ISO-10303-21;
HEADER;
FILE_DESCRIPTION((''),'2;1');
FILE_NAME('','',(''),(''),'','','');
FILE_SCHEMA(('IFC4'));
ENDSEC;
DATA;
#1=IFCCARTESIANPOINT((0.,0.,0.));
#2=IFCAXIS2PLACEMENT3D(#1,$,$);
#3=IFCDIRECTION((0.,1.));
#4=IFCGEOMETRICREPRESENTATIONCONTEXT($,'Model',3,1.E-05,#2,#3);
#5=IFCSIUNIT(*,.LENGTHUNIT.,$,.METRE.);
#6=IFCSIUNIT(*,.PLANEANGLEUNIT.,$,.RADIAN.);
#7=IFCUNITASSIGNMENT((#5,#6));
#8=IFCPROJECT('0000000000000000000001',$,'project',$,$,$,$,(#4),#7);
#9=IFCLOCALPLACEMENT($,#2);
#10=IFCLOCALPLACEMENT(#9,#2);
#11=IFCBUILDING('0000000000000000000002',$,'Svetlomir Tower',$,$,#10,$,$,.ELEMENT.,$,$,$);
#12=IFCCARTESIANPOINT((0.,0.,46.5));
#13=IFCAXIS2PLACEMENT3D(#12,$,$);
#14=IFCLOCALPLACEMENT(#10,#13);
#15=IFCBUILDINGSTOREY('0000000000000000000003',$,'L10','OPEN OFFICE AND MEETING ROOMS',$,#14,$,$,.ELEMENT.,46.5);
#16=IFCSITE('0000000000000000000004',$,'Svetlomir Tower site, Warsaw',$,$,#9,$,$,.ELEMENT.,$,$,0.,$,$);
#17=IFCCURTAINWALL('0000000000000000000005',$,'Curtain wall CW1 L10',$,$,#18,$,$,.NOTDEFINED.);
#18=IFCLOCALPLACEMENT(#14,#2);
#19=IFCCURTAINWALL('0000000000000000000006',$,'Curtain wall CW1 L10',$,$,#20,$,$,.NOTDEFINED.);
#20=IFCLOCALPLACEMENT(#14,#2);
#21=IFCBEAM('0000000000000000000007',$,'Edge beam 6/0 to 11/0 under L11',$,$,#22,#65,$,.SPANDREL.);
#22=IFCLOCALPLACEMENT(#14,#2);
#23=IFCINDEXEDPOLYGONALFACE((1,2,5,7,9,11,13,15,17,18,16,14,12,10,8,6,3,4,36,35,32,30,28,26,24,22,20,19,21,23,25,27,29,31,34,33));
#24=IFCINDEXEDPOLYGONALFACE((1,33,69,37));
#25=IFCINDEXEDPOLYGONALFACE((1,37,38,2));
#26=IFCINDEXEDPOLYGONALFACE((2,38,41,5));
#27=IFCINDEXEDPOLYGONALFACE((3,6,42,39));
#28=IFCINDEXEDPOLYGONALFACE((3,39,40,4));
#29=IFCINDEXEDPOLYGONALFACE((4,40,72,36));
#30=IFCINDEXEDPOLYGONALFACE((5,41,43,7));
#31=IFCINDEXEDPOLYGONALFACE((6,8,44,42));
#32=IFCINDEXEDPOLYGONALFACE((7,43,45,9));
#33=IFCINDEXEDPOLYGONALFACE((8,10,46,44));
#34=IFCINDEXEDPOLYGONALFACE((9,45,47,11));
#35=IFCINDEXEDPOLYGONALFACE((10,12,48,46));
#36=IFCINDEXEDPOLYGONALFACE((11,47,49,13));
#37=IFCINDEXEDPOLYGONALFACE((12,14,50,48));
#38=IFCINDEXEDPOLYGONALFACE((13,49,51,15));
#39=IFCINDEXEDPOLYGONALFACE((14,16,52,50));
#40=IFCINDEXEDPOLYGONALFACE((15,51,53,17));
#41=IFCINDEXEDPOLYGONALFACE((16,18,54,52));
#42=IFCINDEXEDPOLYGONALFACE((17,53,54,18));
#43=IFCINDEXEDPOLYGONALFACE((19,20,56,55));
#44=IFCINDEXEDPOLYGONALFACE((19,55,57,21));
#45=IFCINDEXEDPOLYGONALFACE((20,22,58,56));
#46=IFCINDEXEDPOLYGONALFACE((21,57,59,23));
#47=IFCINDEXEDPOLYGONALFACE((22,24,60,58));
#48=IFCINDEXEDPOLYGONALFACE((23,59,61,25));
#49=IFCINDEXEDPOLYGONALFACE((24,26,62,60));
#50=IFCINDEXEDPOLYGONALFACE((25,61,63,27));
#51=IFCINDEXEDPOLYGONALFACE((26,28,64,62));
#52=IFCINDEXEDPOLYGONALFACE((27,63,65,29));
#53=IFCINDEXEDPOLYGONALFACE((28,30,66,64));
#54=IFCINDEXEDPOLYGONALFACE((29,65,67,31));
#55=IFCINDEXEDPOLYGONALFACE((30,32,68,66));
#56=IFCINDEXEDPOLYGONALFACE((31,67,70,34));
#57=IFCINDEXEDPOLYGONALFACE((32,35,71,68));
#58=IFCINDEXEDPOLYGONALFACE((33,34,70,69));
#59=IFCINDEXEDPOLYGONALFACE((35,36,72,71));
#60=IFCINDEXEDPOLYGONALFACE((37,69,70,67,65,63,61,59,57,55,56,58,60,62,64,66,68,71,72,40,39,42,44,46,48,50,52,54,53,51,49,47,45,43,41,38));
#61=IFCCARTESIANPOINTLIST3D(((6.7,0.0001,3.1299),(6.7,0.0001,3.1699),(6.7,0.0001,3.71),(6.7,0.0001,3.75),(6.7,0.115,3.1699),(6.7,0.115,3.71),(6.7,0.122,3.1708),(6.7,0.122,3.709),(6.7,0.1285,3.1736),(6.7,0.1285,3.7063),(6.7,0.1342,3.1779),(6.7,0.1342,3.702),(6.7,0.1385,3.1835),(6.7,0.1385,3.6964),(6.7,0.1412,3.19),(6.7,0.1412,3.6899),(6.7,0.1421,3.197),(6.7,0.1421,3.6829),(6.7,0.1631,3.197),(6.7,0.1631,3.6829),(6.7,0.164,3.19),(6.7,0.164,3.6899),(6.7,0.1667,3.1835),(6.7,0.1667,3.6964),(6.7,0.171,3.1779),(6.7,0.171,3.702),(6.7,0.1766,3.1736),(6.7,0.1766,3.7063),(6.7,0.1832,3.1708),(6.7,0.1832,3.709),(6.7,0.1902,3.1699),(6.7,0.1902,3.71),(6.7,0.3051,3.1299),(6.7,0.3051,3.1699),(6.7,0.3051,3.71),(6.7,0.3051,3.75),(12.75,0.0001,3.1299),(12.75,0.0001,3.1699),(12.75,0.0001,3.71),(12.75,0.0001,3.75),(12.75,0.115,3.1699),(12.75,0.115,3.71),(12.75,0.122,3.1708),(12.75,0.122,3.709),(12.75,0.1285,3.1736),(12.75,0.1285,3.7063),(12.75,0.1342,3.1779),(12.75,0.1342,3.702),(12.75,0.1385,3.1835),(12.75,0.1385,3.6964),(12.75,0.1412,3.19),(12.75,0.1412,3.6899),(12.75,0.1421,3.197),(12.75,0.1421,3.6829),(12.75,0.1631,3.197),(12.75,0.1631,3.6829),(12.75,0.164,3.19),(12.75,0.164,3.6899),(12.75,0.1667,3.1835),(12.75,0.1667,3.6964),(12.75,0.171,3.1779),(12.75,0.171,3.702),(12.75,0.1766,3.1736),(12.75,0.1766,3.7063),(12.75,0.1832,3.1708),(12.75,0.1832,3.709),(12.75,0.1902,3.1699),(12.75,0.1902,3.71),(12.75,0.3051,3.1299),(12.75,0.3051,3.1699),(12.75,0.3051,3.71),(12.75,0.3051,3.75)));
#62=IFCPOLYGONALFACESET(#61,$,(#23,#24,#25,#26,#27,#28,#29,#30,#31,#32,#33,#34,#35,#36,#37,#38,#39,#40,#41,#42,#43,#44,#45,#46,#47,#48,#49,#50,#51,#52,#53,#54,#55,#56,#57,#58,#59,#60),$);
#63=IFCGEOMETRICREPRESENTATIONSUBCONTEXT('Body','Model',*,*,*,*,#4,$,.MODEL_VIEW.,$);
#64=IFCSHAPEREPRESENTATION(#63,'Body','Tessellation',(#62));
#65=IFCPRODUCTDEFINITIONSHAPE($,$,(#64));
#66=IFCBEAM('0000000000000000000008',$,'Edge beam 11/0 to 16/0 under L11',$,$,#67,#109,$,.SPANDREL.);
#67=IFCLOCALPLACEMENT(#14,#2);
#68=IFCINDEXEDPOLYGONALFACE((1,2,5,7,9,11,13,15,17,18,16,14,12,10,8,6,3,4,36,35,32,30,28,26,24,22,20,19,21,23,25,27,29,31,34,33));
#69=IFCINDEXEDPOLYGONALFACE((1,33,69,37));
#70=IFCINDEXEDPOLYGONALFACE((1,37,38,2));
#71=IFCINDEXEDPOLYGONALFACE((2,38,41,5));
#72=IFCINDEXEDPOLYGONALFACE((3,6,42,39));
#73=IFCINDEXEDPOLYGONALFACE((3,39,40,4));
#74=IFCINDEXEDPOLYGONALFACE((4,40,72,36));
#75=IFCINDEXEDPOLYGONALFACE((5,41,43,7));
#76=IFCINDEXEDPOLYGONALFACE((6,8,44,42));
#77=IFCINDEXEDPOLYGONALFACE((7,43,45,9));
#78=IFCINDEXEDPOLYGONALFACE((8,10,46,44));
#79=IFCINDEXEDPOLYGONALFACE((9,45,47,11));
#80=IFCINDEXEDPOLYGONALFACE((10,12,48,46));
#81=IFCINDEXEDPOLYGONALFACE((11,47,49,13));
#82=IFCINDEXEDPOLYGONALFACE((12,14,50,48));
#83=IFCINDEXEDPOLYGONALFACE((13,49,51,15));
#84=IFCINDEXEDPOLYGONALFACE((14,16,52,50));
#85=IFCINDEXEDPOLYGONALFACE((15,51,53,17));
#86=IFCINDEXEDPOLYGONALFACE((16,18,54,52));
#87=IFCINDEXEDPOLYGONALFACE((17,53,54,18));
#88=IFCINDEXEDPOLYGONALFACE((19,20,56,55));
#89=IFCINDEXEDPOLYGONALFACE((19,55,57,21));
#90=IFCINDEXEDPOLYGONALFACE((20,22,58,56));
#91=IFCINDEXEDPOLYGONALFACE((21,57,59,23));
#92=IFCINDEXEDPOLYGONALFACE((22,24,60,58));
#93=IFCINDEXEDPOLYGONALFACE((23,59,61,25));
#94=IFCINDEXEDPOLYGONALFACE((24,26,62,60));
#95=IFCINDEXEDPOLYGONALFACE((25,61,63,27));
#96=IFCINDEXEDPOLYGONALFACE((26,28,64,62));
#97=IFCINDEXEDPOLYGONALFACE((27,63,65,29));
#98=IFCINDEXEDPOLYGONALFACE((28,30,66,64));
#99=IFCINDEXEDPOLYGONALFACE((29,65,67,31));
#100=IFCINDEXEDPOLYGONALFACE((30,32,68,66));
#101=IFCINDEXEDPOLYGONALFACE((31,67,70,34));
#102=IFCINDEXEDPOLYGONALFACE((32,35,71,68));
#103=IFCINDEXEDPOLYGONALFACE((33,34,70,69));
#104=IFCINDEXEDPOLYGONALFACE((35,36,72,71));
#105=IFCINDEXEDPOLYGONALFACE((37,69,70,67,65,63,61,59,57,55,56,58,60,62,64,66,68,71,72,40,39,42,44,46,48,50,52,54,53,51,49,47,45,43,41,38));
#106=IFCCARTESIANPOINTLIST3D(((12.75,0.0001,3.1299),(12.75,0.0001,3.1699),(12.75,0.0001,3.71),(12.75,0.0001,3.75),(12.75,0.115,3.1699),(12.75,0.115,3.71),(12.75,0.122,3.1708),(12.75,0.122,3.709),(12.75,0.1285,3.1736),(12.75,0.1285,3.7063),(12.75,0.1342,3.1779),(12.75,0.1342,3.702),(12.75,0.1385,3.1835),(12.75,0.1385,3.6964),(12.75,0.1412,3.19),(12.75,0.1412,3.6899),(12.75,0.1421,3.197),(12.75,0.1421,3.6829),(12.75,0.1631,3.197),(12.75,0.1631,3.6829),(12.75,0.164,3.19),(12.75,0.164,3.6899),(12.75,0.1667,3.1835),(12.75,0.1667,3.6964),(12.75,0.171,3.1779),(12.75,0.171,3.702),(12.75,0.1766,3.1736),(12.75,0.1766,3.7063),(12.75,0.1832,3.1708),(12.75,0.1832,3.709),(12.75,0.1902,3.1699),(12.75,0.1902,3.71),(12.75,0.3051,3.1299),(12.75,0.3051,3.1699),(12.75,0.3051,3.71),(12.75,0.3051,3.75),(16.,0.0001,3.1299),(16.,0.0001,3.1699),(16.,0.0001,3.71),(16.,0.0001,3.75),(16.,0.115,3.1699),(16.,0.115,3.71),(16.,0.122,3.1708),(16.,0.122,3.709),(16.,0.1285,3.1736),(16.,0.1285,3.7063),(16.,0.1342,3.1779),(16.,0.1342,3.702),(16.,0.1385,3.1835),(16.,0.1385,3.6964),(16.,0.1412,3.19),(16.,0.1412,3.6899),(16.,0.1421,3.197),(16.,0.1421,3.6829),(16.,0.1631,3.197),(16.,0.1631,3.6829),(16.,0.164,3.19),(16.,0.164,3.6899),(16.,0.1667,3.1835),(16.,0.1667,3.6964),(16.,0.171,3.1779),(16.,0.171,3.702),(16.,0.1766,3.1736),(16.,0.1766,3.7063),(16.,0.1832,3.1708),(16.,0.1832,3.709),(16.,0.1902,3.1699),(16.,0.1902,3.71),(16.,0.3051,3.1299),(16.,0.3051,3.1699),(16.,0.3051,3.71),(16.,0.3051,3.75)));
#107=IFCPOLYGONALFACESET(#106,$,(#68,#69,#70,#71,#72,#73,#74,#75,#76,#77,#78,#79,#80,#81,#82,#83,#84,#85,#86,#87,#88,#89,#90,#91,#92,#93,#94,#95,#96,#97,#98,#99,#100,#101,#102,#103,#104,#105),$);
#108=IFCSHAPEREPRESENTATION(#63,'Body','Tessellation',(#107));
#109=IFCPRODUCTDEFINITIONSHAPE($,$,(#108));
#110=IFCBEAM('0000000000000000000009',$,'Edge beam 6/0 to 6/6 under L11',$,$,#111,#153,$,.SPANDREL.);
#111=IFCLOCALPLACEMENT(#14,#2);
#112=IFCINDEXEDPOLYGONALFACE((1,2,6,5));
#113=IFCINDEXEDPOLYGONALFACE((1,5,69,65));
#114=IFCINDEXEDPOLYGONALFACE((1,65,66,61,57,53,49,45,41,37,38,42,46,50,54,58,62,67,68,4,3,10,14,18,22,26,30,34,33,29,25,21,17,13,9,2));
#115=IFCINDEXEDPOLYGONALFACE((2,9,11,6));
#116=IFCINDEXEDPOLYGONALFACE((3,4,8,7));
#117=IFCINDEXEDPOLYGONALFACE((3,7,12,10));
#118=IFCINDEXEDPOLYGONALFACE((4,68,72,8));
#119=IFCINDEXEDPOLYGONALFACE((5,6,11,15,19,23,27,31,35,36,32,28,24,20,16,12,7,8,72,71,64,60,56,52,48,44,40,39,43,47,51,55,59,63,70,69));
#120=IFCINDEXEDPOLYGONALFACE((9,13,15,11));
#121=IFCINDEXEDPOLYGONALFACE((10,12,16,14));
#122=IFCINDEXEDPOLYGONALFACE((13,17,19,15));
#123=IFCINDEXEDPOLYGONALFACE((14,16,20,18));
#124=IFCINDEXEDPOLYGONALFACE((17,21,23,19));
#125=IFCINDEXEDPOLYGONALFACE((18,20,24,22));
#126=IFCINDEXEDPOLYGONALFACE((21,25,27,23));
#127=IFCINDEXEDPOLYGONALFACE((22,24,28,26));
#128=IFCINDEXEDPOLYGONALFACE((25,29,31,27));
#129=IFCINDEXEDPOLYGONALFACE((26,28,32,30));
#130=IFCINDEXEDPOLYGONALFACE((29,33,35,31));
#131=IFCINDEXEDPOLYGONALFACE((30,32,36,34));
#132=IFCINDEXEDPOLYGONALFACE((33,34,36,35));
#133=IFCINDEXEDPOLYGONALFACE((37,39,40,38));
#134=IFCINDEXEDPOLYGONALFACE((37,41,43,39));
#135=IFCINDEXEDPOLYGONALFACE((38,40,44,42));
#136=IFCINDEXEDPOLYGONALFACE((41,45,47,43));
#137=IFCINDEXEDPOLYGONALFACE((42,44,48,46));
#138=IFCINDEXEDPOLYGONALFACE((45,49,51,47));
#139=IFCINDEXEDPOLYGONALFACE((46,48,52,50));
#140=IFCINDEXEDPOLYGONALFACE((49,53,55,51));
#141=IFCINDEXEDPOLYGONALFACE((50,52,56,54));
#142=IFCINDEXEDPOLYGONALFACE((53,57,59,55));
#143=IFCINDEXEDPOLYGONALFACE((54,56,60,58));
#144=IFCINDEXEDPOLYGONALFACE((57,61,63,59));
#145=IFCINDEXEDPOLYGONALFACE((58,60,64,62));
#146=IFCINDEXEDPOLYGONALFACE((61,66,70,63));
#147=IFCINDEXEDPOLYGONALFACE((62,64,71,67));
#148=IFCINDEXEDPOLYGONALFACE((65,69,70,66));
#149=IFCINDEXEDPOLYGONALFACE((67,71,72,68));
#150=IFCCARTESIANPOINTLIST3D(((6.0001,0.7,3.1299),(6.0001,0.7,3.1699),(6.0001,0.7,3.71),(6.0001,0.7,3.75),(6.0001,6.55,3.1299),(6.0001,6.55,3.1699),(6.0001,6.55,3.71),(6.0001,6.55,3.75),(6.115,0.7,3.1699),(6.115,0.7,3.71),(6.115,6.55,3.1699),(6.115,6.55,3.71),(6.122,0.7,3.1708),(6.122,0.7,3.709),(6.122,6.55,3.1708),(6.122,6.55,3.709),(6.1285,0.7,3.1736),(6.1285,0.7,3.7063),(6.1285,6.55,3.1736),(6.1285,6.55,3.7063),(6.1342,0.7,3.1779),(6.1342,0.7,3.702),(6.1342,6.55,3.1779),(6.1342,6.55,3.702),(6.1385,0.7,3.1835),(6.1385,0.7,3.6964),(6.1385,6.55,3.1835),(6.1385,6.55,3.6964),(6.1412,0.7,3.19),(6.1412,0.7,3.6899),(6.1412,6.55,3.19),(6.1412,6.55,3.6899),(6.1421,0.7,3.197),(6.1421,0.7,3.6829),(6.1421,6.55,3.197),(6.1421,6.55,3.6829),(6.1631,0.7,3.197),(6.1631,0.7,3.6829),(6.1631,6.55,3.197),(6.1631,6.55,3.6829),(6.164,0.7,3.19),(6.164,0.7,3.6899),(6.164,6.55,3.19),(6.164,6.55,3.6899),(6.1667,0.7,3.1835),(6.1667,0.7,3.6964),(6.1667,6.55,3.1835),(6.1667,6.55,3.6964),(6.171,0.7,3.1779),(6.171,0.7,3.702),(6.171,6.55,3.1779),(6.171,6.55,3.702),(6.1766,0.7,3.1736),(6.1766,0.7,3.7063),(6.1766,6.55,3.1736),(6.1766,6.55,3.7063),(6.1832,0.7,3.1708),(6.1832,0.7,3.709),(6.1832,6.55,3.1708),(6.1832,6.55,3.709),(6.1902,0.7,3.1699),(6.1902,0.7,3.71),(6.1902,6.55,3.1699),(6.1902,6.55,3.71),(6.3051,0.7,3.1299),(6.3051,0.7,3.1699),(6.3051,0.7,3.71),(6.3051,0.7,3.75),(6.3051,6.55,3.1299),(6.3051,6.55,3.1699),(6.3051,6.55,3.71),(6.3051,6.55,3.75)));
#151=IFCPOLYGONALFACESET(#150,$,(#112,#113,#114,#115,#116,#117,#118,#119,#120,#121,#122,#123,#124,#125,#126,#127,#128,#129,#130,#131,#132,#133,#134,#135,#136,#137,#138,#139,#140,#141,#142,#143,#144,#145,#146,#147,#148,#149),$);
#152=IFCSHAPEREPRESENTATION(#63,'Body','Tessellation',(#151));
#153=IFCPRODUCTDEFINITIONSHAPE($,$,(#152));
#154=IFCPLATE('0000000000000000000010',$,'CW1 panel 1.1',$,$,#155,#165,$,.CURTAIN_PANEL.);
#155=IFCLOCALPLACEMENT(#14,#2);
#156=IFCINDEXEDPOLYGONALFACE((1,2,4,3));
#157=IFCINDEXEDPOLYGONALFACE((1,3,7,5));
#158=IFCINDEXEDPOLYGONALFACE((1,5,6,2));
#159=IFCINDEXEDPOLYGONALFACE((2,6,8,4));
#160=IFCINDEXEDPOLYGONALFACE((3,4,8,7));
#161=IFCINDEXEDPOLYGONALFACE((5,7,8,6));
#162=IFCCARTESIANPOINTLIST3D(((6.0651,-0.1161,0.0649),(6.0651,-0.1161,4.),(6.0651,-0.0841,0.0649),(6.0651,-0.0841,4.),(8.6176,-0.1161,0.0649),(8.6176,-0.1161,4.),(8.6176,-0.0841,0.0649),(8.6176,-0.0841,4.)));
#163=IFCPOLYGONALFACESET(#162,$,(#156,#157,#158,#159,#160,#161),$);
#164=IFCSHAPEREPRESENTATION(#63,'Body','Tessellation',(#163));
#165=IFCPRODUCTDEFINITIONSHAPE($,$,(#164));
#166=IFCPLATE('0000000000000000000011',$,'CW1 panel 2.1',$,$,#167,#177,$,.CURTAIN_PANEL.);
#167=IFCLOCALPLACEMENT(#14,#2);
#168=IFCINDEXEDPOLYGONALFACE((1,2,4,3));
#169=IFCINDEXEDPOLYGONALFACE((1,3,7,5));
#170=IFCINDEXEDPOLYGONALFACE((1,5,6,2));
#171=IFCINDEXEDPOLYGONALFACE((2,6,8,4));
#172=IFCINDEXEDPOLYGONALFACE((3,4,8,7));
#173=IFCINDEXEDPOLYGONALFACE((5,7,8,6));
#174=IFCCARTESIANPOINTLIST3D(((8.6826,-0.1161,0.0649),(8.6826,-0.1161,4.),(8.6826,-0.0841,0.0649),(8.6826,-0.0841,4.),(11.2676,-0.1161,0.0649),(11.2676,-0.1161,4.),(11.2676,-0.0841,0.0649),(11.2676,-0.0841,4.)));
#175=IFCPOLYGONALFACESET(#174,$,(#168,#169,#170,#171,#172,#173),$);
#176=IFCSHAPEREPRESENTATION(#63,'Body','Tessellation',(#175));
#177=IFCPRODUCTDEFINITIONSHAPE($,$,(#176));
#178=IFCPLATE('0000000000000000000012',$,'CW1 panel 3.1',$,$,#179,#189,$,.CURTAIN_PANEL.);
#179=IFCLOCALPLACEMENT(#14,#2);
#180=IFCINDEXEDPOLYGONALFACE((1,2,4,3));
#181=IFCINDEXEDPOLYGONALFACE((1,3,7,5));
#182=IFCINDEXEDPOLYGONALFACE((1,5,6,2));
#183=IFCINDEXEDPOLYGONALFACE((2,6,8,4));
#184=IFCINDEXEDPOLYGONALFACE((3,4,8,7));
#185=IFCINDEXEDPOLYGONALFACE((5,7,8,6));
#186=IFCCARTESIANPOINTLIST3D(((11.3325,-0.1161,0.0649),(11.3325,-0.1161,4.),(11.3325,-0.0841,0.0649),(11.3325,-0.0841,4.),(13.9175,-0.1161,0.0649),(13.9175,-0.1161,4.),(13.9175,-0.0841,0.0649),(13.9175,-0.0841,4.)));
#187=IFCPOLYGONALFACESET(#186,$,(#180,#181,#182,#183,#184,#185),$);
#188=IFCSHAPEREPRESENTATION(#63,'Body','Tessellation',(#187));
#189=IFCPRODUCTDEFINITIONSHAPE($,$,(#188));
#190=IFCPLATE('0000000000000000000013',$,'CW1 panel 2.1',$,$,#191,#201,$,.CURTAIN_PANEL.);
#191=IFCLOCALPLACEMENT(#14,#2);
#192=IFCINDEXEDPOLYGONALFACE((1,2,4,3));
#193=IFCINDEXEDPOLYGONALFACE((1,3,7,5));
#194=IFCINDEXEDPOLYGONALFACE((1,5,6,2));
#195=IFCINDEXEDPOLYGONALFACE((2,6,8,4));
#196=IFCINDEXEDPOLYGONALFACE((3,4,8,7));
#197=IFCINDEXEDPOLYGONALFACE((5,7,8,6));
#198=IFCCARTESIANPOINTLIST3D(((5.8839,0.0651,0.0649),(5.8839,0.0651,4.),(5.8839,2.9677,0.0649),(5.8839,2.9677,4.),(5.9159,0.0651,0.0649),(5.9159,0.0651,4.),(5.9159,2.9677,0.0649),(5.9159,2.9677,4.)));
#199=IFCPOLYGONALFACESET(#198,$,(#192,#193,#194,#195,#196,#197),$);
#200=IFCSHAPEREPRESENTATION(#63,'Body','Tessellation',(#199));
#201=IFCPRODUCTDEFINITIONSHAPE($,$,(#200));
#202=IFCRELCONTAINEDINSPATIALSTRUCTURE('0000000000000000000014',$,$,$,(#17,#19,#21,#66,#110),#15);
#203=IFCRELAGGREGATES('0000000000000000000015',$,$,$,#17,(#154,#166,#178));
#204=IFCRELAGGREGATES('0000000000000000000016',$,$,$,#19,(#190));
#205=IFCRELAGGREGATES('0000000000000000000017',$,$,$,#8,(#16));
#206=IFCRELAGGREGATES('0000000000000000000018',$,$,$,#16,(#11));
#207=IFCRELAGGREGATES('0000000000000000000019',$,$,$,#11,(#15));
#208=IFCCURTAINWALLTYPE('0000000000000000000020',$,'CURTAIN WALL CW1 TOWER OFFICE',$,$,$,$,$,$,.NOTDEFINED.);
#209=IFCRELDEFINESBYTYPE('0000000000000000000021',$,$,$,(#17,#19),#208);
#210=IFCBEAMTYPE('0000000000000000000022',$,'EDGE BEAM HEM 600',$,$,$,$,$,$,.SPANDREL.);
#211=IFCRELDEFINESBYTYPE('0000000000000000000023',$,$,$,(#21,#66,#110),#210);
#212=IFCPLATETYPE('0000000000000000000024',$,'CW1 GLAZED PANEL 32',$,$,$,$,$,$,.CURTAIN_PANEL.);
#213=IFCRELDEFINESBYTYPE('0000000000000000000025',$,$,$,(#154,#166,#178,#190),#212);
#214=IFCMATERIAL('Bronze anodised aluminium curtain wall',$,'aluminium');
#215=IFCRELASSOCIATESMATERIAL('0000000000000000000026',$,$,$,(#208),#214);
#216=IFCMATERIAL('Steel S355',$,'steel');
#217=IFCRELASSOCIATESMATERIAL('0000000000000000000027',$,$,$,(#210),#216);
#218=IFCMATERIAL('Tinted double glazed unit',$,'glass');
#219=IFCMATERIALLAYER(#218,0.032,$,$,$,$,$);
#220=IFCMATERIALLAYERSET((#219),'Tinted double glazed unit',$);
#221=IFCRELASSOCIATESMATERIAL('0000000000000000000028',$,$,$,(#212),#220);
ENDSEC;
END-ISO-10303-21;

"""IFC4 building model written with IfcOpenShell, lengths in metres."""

from ifc_helpers import new_model, si_unit, direction, frame, origin, origin_2d, place, context, subcontext, project, spatial, rectangle, i_section, extrude, material, layer, layer_set, material_profile, profile_set, type_object, element, aggregate, save


model = new_model("IFC4")

# Units and contexts
model_context = context("Model", 3, precision=1e-05, world=origin(), true_north=direction((0.0, 1.0)))
body_context = subcontext(model_context, "Body", "Model", "MODEL_VIEW")
ifc_project = project(units=[si_unit("LENGTHUNIT", "METRE"), si_unit("PLANEANGLEUNIT", "RADIAN")], contexts=[model_context])

# Site, building, storey
site_placement = place(None, origin())
site = spatial("IfcSite", under=ifc_project, at=site_placement, Name="Svetlomir Tower site, Warsaw", CompositionType="ELEMENT", RefElevation=0.0)
building_placement = place(site_placement, origin())
building = spatial("IfcBuilding", under=site, at=building_placement, Name="Svetlomir Tower", CompositionType="ELEMENT")
storey_placement = place(building_placement, frame((0.0, 0.0, 46.5)))
storey = spatial("IfcBuildingStorey", under=building, at=storey_placement, Name="L10", Description="OPEN OFFICE AND MEETING ROOMS", CompositionType="ELEMENT", Elevation=46.5)

# Curtain walls
ifc_material_1 = material(Name="Bronze anodised aluminium curtain wall", Category="aluminium")
curtain_wall_type = type_object("IfcCurtainWallType", Name="CURTAIN WALL CW1 TOWER OFFICE", PredefinedType="NOTDEFINED", material=ifc_material_1)
curtain_wall_1_placement = place(storey_placement, origin())
curtain_wall_1 = element("IfcCurtainWall", 1, at=curtain_wall_1_placement, inside=storey, type_object=curtain_wall_type, Name="Curtain wall CW1 L10", PredefinedType="NOTDEFINED")
curtain_wall_2_placement = place(storey_placement, origin())
curtain_wall_2 = element("IfcCurtainWall", 2, at=curtain_wall_2_placement, inside=storey, type_object=curtain_wall_type, Name="Curtain wall CW1 L10", PredefinedType="NOTDEFINED")

# Beams
ifc_material_2 = material(Name="Steel S355", Category="steel")
ifc_material_profile_1 = material_profile(ifc_material_2, i_section(OverallWidth=0.3049, OverallDepth=0.6201, WebThickness=0.021, FlangeThickness=0.04, FilletRadius=0.0271, at=origin_2d()), Name="HEM 600")
ifc_profile_set_1 = profile_set([ifc_material_profile_1], Name="Steel S355")
beam_type = type_object("IfcBeamType", Name="EDGE BEAM HEM 600", PredefinedType="SPANDREL", material=ifc_profile_set_1)
beam_1_placement = place(storey_placement, frame((6.7, 0.1526, 3.4399), z_axis=(1.0, 0.0, 0.0), x_axis=(0.0, 1.0, 0.0)))
element("IfcBeam", 3, at=beam_1_placement, inside=storey, type_object=beam_type, Name="Edge beam 6/0 to 11/0 under L11", PredefinedType="SPANDREL", context=body_context, shape_type="SweptSolid", body=[
    extrude(i_section(OverallWidth=0.3049, OverallDepth=0.6201, WebThickness=0.021, FlangeThickness=0.04, FilletRadius=0.0271, at=origin_2d()), origin(), (0.0, 0.0, 1.0), 6.05),
])
beam_2_placement = place(storey_placement, frame((12.75, 0.1526, 3.4399), z_axis=(1.0, 0.0, 0.0), x_axis=(0.0, 1.0, 0.0)))
element("IfcBeam", 4, at=beam_2_placement, inside=storey, type_object=beam_type, Name="Edge beam 11/0 to 16/0 under L11", PredefinedType="SPANDREL", context=body_context, shape_type="SweptSolid", body=[
    extrude(i_section(OverallWidth=0.3049, OverallDepth=0.6201, WebThickness=0.021, FlangeThickness=0.04, FilletRadius=0.0271, at=origin_2d()), origin(), (0.0, 0.0, 1.0), 3.25),
])
beam_3_placement = place(storey_placement, frame((6.1526, 0.7, 3.4399), z_axis=(0.0, 1.0, 0.0), x_axis=(-1.0, 0.0, 0.0)))
element("IfcBeam", 5, at=beam_3_placement, inside=storey, type_object=beam_type, Name="Edge beam 6/0 to 6/6 under L11", PredefinedType="SPANDREL", context=body_context, shape_type="SweptSolid", body=[
    extrude(i_section(OverallWidth=0.3049, OverallDepth=0.6201, WebThickness=0.021, FlangeThickness=0.04, FilletRadius=0.0271, at=origin_2d()), origin(), (0.0, 0.0, 1.0), 5.8501),
])

# Plates
ifc_material_3 = material(Name="Tinted double glazed unit", Category="glass")
ifc_layer_1 = layer(ifc_material_3, 0.032)
ifc_layer_set_1 = layer_set([ifc_layer_1], Name="Tinted double glazed unit")
plate_type = type_object("IfcPlateType", Name="CW1 GLAZED PANEL 32", PredefinedType="CURTAIN_PANEL", material=ifc_layer_set_1)
plate_1_placement = place(storey_placement, frame((7.3413, -0.1001, 0.0649), z_axis=(0.0, 0.0, 1.0), x_axis=(1.0, 0.0, 0.0)))
plate_1 = element("IfcPlate", 6, at=plate_1_placement, type_object=plate_type, Name="CW1 panel 1.1", PredefinedType="CURTAIN_PANEL", context=body_context, shape_type="SweptSolid", body=[
    extrude(rectangle(XDim=2.5525, YDim=0.032, at=origin_2d()), origin(), (0.0, 0.0, 1.0), 3.9351),
])
plate_2_placement = place(storey_placement, frame((9.9751, -0.1001, 0.0649), z_axis=(0.0, 0.0, 1.0), x_axis=(1.0, 0.0, 0.0)))
plate_2 = element("IfcPlate", 7, at=plate_2_placement, type_object=plate_type, Name="CW1 panel 2.1", PredefinedType="CURTAIN_PANEL", context=body_context, shape_type="SweptSolid", body=[
    extrude(rectangle(XDim=2.585, YDim=0.032, at=origin_2d()), origin(), (0.0, 0.0, 1.0), 3.9351),
])
plate_3_placement = place(storey_placement, frame((12.625, -0.1001, 0.0649), z_axis=(0.0, 0.0, 1.0), x_axis=(1.0, 0.0, 0.0)))
plate_3 = element("IfcPlate", 8, at=plate_3_placement, type_object=plate_type, Name="CW1 panel 3.1", PredefinedType="CURTAIN_PANEL", context=body_context, shape_type="SweptSolid", body=[
    extrude(rectangle(XDim=2.585, YDim=0.032, at=origin_2d()), origin(), (0.0, 0.0, 1.0), 3.9351),
])
aggregate(curtain_wall_1, [plate_1, plate_2, plate_3])
plate_4_placement = place(storey_placement, frame((5.8999, 1.5164, 0.0649), z_axis=(0.0, 0.0, 1.0), x_axis=(0.0, -1.0, 0.0)))
plate_4 = element("IfcPlate", 9, at=plate_4_placement, type_object=plate_type, Name="CW1 panel 2.1", PredefinedType="CURTAIN_PANEL", context=body_context, shape_type="SweptSolid", body=[
    extrude(rectangle(XDim=2.9026, YDim=0.032, at=origin_2d()), origin(), (0.0, 0.0, 1.0), 3.9351),
])
aggregate(curtain_wall_2, [plate_4])

save(model, "model.ifc")
